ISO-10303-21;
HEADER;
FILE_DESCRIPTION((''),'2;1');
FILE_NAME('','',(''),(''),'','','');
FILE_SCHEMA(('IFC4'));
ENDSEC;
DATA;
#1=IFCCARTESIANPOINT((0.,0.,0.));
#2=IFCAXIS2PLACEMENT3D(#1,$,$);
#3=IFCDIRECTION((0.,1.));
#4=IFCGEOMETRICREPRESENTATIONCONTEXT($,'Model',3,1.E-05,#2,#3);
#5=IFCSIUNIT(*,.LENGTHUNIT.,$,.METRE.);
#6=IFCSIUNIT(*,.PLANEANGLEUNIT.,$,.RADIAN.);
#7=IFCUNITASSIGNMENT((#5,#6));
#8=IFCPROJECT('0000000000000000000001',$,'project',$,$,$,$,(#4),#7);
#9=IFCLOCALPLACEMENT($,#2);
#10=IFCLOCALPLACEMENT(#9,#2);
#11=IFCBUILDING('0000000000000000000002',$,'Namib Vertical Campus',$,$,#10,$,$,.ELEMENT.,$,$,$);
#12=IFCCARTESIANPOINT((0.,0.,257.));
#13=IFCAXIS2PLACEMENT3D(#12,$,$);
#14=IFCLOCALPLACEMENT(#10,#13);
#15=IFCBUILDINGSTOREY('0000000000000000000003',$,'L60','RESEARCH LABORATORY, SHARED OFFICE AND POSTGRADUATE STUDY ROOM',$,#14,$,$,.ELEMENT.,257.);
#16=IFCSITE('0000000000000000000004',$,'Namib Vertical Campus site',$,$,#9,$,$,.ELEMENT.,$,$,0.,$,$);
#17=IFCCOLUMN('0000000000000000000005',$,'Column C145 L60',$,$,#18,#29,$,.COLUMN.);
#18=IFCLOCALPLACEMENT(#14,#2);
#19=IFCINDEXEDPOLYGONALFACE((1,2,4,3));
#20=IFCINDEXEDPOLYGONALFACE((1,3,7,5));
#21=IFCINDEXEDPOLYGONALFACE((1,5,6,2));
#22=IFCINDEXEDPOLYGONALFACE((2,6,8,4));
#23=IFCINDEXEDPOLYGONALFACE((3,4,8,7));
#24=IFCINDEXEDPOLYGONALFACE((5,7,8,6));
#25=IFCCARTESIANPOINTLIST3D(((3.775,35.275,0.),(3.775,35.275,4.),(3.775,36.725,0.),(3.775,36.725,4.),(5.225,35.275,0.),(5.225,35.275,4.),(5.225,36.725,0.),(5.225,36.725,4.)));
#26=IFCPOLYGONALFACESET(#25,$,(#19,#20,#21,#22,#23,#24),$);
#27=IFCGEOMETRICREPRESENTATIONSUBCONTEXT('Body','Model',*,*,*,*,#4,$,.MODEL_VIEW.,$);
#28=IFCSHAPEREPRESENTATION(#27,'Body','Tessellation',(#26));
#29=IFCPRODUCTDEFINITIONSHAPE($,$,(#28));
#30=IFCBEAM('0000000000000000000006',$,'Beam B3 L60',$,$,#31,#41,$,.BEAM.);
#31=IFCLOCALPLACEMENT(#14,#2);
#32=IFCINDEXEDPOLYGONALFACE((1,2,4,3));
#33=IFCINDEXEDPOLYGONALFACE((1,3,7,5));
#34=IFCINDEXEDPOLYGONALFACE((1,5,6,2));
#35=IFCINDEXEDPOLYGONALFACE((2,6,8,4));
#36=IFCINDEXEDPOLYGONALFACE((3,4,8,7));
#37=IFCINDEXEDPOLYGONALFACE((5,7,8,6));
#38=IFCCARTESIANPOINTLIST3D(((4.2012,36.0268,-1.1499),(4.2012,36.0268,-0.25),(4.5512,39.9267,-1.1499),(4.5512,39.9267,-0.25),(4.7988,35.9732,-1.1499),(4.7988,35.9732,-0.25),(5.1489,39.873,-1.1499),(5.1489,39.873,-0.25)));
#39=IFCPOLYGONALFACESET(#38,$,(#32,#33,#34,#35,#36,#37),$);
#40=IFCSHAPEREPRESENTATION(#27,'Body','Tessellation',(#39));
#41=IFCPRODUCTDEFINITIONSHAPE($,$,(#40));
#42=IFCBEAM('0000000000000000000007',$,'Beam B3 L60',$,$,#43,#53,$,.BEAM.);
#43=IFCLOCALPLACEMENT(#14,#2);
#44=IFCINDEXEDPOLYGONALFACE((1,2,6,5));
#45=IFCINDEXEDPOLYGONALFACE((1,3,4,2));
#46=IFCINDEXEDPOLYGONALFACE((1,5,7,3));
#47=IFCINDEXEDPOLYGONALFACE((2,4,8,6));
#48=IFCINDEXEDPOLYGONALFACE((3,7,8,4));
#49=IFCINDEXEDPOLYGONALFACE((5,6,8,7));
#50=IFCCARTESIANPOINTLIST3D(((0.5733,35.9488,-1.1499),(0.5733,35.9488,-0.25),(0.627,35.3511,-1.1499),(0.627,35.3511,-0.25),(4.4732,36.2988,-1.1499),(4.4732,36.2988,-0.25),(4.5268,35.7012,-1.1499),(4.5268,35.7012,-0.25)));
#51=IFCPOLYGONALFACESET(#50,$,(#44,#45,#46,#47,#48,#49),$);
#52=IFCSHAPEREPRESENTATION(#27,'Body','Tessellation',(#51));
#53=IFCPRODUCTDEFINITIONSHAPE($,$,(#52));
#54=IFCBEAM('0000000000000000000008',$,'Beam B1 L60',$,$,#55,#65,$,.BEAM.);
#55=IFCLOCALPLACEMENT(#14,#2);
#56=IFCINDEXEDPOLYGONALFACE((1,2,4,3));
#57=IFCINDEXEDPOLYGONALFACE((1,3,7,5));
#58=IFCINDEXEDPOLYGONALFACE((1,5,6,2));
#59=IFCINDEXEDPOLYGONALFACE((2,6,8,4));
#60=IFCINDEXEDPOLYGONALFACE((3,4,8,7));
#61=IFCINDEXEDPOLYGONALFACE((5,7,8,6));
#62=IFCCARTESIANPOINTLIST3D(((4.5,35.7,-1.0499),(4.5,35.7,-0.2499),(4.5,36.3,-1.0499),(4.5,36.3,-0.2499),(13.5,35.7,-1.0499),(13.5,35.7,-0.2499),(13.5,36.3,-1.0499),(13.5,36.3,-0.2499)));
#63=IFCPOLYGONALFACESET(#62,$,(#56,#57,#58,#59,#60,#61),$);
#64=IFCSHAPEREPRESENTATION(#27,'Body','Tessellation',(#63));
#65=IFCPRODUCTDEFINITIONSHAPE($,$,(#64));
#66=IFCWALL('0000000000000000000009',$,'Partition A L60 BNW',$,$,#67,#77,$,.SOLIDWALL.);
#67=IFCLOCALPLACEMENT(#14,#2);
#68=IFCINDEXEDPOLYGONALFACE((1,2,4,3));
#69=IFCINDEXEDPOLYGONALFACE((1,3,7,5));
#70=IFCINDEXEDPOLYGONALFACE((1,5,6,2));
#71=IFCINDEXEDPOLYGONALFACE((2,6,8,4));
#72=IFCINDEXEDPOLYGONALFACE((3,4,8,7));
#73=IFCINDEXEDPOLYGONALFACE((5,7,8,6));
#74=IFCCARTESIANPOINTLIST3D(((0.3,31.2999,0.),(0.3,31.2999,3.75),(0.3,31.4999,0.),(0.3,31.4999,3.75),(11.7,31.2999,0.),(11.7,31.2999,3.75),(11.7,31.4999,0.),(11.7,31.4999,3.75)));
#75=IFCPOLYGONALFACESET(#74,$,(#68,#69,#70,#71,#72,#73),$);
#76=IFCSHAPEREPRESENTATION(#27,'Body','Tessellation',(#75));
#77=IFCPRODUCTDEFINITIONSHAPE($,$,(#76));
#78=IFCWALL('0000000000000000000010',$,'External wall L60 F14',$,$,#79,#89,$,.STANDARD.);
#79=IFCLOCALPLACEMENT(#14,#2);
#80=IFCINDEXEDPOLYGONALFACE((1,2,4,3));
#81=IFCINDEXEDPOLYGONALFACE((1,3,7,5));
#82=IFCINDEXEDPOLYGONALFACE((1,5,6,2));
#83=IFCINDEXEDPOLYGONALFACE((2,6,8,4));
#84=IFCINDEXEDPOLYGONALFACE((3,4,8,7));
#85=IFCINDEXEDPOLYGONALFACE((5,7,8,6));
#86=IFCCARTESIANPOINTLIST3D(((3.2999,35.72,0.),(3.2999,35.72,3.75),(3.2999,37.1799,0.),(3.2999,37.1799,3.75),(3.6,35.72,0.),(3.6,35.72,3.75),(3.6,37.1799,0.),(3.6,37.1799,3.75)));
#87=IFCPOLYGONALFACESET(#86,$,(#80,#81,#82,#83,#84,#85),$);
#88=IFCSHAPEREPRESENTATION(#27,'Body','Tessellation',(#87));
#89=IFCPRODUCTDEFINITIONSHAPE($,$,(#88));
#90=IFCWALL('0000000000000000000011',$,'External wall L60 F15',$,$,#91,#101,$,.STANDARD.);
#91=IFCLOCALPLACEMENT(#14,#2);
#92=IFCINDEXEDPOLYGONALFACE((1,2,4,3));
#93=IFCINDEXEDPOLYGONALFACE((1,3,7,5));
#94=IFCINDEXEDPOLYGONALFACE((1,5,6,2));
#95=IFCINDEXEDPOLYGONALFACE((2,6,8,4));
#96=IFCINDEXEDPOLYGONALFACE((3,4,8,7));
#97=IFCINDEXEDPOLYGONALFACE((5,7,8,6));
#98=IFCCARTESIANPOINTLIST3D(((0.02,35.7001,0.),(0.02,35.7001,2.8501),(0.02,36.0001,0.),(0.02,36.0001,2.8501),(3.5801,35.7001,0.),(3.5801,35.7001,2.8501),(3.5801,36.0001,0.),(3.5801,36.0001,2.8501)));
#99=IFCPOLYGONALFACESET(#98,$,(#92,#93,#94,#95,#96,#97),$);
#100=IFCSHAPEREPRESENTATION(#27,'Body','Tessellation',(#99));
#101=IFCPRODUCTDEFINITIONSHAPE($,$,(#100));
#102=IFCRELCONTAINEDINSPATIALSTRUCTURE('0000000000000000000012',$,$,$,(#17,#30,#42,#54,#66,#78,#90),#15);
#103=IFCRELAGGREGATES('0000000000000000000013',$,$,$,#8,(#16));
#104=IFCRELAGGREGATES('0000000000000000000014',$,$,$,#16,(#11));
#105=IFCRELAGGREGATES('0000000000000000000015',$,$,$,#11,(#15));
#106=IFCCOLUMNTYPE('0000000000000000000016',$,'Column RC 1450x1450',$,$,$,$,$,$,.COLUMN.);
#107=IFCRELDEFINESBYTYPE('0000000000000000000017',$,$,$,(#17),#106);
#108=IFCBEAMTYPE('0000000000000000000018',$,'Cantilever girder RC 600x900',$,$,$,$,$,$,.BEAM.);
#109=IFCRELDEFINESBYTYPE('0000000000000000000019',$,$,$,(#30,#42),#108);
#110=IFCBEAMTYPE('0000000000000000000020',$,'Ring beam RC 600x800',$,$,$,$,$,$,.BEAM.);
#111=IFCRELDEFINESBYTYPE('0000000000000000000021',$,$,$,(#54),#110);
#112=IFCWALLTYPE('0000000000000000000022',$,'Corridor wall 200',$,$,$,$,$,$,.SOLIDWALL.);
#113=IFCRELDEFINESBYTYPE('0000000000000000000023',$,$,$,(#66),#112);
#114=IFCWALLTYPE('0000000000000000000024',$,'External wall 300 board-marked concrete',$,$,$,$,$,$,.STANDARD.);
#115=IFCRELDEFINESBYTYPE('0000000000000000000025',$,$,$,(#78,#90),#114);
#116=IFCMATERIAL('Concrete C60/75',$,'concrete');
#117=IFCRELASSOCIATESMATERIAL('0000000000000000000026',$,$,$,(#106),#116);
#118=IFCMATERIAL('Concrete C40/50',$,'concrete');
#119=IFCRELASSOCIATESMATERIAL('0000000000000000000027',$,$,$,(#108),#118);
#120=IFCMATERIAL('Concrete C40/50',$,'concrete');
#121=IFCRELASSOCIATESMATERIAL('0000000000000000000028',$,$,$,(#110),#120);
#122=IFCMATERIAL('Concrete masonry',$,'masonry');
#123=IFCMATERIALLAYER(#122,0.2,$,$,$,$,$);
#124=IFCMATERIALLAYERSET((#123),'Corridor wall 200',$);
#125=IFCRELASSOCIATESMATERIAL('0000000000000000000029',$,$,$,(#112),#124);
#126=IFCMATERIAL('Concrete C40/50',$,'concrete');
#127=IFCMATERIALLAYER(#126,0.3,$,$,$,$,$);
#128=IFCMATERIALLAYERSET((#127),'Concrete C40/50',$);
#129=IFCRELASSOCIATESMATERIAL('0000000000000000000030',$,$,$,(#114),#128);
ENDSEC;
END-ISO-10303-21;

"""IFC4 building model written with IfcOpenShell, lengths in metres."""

from ifc_helpers import new_model, si_unit, direction, frame, frame_2d, origin, origin_2d, place, context, subcontext, project, spatial, rectangle, extrude, material, layer, layer_set, material_profile, profile_set, type_object, element, save


model = new_model("IFC4")

# Units and contexts
model_context = context("Model", 3, precision=1e-05, world=origin(), true_north=direction((0.0, 1.0)))
body_context = subcontext(model_context, "Body", "Model", "MODEL_VIEW")
ifc_project = project(units=[si_unit("LENGTHUNIT", "METRE"), si_unit("PLANEANGLEUNIT", "RADIAN")], contexts=[model_context])

# Site, building, storey
site_placement = place(None, origin())
site = spatial("IfcSite", under=ifc_project, at=site_placement, Name="Namib Vertical Campus site", CompositionType="ELEMENT", RefElevation=0.0)
building_placement = place(site_placement, origin())
building = spatial("IfcBuilding", under=site, at=building_placement, Name="Namib Vertical Campus", CompositionType="ELEMENT")
storey_placement = place(building_placement, frame((0.0, 0.0, 257.0)))
storey = spatial("IfcBuildingStorey", under=building, at=storey_placement, Name="L60", Description="RESEARCH LABORATORY, SHARED OFFICE AND POSTGRADUATE STUDY ROOM", CompositionType="ELEMENT", Elevation=257.0)

# Column
ifc_material_1 = material(Name="Concrete C60/75", Category="concrete")
ifc_material_profile_1 = material_profile(ifc_material_1, rectangle(XDim=1.45, YDim=1.45, at=origin_2d()))
ifc_profile_set_1 = profile_set([ifc_material_profile_1], Name="Concrete C60/75")
column_type = type_object("IfcColumnType", Name="Column RC 1450x1450", PredefinedType="COLUMN", material=ifc_profile_set_1)
column_placement = place(storey_placement, frame((4.5, 36.0, 0.0), z_axis=(0.0, 0.0, 1.0), x_axis=(1.0, 0.0, 0.0)))
element("IfcColumn", 1, at=column_placement, inside=storey, type_object=column_type, Name="Column C145 L60", PredefinedType="COLUMN", context=body_context, shape_type="SweptSolid", body=[
    extrude(rectangle(XDim=1.45, YDim=1.45, at=origin_2d()), origin(), (0.0, 0.0, 1.0), 4.0),
])

# Beams
ifc_material_2 = material(Name="Concrete C40/50", Category="concrete")
ifc_material_profile_2 = material_profile(ifc_material_2, rectangle(XDim=0.6001, YDim=0.8999, at=origin_2d()))
ifc_profile_set_2 = profile_set([ifc_material_profile_2], Name="Concrete C40/50")
beam_type_1 = type_object("IfcBeamType", Name="Cantilever girder RC 600x900", PredefinedType="BEAM", material=ifc_profile_set_2)
for number, where, z_axis, x_axis, name in (
    (2, (4.5, 36.0, -0.7), (0.089411, 0.995995, 0.0), (-0.995995, 0.089411, 0.0), "Beam B3 L60"),
    (3, (4.5, 36.0, -0.7), (-0.995995, -0.089411, 0.0), (0.089411, -0.995995, 0.0), "Beam B3 L60"),
):
    element("IfcBeam", number, at=place(storey_placement, frame(where, z_axis=z_axis, x_axis=x_axis)), inside=storey, type_object=beam_type_1, Name=name, PredefinedType="BEAM", context=body_context, shape_type="SweptSolid", body=[
        extrude(rectangle(XDim=0.6001, YDim=0.8999, at=origin_2d()), origin(), (0.0, 0.0, 1.0), 3.9155),
    ])
ifc_material_3 = material(Name="Concrete C40/50", Category="concrete")
ifc_material_profile_3 = material_profile(ifc_material_3, rectangle(XDim=0.6001, YDim=0.8, at=origin_2d()))
ifc_profile_set_3 = profile_set([ifc_material_profile_3], Name="Concrete C40/50")
beam_type_2 = type_object("IfcBeamType", Name="Ring beam RC 600x800", PredefinedType="BEAM", material=ifc_profile_set_3)
beam_placement = place(storey_placement, frame((4.5, 36.0, -0.6499), z_axis=(1.0, 0.0, 0.0), x_axis=(0.0, 1.0, 0.0)))
element("IfcBeam", 4, at=beam_placement, inside=storey, type_object=beam_type_2, Name="Beam B1 L60", PredefinedType="BEAM", context=body_context, shape_type="SweptSolid", body=[
    extrude(rectangle(XDim=0.6001, YDim=0.8, at=origin_2d()), origin(), (0.0, 0.0, 1.0), 9.0),
])

# Walls
ifc_material_4 = material(Name="Concrete masonry", Category="masonry")
ifc_layer_1 = layer(ifc_material_4, 0.2)
ifc_layer_set_1 = layer_set([ifc_layer_1], Name="Corridor wall 200")
wall_type_1 = type_object("IfcWallType", Name="Corridor wall 200", PredefinedType="SOLIDWALL", material=ifc_layer_set_1)
wall_1_placement = place(storey_placement, frame((0.3, 31.3999, 0.0), z_axis=(0.0, 0.0, 1.0), x_axis=(1.0, 0.0, 0.0)))
element("IfcWall", 5, at=wall_1_placement, inside=storey, type_object=wall_type_1, Name="Partition A L60 BNW", PredefinedType="SOLIDWALL", context=body_context, shape_type="SweptSolid", body=[
    extrude(rectangle(XDim=11.3999, YDim=0.2, at=frame_2d((5.7, 0.0))), origin(), (0.0, 0.0, 1.0), 3.75),
])
ifc_material_5 = material(Name="Concrete C40/50", Category="concrete")
ifc_layer_2 = layer(ifc_material_5, 0.3)
ifc_layer_set_2 = layer_set([ifc_layer_2], Name="Concrete C40/50")
wall_type_2 = type_object("IfcWallType", Name="External wall 300 board-marked concrete", PredefinedType="STANDARD", material=ifc_layer_set_2)
wall_2_placement = place(storey_placement, frame((3.45, 37.1799, 0.0), z_axis=(0.0, 0.0, 1.0), x_axis=(0.0, -1.0, 0.0)))
element("IfcWall", 6, at=wall_2_placement, inside=storey, type_object=wall_type_2, Name="External wall L60 F14", PredefinedType="STANDARD", context=body_context, shape_type="SweptSolid", body=[
    extrude(rectangle(XDim=1.46, YDim=0.3, at=frame_2d((0.73, 0.0))), origin(), (0.0, 0.0, 1.0), 3.75),
])
wall_3_placement = place(storey_placement, frame((3.5801, 35.8501, 0.0), z_axis=(0.0, 0.0, 1.0), x_axis=(-1.0, 0.0, 0.0)))
element("IfcWall", 7, at=wall_3_placement, inside=storey, type_object=wall_type_2, Name="External wall L60 F15", PredefinedType="STANDARD", context=body_context, shape_type="SweptSolid", body=[
    extrude(rectangle(XDim=3.5601, YDim=0.3, at=frame_2d((1.78, 0.0))), origin(), (0.0, 0.0, 1.0), 2.8501),
])

save(model, "model.ifc")
